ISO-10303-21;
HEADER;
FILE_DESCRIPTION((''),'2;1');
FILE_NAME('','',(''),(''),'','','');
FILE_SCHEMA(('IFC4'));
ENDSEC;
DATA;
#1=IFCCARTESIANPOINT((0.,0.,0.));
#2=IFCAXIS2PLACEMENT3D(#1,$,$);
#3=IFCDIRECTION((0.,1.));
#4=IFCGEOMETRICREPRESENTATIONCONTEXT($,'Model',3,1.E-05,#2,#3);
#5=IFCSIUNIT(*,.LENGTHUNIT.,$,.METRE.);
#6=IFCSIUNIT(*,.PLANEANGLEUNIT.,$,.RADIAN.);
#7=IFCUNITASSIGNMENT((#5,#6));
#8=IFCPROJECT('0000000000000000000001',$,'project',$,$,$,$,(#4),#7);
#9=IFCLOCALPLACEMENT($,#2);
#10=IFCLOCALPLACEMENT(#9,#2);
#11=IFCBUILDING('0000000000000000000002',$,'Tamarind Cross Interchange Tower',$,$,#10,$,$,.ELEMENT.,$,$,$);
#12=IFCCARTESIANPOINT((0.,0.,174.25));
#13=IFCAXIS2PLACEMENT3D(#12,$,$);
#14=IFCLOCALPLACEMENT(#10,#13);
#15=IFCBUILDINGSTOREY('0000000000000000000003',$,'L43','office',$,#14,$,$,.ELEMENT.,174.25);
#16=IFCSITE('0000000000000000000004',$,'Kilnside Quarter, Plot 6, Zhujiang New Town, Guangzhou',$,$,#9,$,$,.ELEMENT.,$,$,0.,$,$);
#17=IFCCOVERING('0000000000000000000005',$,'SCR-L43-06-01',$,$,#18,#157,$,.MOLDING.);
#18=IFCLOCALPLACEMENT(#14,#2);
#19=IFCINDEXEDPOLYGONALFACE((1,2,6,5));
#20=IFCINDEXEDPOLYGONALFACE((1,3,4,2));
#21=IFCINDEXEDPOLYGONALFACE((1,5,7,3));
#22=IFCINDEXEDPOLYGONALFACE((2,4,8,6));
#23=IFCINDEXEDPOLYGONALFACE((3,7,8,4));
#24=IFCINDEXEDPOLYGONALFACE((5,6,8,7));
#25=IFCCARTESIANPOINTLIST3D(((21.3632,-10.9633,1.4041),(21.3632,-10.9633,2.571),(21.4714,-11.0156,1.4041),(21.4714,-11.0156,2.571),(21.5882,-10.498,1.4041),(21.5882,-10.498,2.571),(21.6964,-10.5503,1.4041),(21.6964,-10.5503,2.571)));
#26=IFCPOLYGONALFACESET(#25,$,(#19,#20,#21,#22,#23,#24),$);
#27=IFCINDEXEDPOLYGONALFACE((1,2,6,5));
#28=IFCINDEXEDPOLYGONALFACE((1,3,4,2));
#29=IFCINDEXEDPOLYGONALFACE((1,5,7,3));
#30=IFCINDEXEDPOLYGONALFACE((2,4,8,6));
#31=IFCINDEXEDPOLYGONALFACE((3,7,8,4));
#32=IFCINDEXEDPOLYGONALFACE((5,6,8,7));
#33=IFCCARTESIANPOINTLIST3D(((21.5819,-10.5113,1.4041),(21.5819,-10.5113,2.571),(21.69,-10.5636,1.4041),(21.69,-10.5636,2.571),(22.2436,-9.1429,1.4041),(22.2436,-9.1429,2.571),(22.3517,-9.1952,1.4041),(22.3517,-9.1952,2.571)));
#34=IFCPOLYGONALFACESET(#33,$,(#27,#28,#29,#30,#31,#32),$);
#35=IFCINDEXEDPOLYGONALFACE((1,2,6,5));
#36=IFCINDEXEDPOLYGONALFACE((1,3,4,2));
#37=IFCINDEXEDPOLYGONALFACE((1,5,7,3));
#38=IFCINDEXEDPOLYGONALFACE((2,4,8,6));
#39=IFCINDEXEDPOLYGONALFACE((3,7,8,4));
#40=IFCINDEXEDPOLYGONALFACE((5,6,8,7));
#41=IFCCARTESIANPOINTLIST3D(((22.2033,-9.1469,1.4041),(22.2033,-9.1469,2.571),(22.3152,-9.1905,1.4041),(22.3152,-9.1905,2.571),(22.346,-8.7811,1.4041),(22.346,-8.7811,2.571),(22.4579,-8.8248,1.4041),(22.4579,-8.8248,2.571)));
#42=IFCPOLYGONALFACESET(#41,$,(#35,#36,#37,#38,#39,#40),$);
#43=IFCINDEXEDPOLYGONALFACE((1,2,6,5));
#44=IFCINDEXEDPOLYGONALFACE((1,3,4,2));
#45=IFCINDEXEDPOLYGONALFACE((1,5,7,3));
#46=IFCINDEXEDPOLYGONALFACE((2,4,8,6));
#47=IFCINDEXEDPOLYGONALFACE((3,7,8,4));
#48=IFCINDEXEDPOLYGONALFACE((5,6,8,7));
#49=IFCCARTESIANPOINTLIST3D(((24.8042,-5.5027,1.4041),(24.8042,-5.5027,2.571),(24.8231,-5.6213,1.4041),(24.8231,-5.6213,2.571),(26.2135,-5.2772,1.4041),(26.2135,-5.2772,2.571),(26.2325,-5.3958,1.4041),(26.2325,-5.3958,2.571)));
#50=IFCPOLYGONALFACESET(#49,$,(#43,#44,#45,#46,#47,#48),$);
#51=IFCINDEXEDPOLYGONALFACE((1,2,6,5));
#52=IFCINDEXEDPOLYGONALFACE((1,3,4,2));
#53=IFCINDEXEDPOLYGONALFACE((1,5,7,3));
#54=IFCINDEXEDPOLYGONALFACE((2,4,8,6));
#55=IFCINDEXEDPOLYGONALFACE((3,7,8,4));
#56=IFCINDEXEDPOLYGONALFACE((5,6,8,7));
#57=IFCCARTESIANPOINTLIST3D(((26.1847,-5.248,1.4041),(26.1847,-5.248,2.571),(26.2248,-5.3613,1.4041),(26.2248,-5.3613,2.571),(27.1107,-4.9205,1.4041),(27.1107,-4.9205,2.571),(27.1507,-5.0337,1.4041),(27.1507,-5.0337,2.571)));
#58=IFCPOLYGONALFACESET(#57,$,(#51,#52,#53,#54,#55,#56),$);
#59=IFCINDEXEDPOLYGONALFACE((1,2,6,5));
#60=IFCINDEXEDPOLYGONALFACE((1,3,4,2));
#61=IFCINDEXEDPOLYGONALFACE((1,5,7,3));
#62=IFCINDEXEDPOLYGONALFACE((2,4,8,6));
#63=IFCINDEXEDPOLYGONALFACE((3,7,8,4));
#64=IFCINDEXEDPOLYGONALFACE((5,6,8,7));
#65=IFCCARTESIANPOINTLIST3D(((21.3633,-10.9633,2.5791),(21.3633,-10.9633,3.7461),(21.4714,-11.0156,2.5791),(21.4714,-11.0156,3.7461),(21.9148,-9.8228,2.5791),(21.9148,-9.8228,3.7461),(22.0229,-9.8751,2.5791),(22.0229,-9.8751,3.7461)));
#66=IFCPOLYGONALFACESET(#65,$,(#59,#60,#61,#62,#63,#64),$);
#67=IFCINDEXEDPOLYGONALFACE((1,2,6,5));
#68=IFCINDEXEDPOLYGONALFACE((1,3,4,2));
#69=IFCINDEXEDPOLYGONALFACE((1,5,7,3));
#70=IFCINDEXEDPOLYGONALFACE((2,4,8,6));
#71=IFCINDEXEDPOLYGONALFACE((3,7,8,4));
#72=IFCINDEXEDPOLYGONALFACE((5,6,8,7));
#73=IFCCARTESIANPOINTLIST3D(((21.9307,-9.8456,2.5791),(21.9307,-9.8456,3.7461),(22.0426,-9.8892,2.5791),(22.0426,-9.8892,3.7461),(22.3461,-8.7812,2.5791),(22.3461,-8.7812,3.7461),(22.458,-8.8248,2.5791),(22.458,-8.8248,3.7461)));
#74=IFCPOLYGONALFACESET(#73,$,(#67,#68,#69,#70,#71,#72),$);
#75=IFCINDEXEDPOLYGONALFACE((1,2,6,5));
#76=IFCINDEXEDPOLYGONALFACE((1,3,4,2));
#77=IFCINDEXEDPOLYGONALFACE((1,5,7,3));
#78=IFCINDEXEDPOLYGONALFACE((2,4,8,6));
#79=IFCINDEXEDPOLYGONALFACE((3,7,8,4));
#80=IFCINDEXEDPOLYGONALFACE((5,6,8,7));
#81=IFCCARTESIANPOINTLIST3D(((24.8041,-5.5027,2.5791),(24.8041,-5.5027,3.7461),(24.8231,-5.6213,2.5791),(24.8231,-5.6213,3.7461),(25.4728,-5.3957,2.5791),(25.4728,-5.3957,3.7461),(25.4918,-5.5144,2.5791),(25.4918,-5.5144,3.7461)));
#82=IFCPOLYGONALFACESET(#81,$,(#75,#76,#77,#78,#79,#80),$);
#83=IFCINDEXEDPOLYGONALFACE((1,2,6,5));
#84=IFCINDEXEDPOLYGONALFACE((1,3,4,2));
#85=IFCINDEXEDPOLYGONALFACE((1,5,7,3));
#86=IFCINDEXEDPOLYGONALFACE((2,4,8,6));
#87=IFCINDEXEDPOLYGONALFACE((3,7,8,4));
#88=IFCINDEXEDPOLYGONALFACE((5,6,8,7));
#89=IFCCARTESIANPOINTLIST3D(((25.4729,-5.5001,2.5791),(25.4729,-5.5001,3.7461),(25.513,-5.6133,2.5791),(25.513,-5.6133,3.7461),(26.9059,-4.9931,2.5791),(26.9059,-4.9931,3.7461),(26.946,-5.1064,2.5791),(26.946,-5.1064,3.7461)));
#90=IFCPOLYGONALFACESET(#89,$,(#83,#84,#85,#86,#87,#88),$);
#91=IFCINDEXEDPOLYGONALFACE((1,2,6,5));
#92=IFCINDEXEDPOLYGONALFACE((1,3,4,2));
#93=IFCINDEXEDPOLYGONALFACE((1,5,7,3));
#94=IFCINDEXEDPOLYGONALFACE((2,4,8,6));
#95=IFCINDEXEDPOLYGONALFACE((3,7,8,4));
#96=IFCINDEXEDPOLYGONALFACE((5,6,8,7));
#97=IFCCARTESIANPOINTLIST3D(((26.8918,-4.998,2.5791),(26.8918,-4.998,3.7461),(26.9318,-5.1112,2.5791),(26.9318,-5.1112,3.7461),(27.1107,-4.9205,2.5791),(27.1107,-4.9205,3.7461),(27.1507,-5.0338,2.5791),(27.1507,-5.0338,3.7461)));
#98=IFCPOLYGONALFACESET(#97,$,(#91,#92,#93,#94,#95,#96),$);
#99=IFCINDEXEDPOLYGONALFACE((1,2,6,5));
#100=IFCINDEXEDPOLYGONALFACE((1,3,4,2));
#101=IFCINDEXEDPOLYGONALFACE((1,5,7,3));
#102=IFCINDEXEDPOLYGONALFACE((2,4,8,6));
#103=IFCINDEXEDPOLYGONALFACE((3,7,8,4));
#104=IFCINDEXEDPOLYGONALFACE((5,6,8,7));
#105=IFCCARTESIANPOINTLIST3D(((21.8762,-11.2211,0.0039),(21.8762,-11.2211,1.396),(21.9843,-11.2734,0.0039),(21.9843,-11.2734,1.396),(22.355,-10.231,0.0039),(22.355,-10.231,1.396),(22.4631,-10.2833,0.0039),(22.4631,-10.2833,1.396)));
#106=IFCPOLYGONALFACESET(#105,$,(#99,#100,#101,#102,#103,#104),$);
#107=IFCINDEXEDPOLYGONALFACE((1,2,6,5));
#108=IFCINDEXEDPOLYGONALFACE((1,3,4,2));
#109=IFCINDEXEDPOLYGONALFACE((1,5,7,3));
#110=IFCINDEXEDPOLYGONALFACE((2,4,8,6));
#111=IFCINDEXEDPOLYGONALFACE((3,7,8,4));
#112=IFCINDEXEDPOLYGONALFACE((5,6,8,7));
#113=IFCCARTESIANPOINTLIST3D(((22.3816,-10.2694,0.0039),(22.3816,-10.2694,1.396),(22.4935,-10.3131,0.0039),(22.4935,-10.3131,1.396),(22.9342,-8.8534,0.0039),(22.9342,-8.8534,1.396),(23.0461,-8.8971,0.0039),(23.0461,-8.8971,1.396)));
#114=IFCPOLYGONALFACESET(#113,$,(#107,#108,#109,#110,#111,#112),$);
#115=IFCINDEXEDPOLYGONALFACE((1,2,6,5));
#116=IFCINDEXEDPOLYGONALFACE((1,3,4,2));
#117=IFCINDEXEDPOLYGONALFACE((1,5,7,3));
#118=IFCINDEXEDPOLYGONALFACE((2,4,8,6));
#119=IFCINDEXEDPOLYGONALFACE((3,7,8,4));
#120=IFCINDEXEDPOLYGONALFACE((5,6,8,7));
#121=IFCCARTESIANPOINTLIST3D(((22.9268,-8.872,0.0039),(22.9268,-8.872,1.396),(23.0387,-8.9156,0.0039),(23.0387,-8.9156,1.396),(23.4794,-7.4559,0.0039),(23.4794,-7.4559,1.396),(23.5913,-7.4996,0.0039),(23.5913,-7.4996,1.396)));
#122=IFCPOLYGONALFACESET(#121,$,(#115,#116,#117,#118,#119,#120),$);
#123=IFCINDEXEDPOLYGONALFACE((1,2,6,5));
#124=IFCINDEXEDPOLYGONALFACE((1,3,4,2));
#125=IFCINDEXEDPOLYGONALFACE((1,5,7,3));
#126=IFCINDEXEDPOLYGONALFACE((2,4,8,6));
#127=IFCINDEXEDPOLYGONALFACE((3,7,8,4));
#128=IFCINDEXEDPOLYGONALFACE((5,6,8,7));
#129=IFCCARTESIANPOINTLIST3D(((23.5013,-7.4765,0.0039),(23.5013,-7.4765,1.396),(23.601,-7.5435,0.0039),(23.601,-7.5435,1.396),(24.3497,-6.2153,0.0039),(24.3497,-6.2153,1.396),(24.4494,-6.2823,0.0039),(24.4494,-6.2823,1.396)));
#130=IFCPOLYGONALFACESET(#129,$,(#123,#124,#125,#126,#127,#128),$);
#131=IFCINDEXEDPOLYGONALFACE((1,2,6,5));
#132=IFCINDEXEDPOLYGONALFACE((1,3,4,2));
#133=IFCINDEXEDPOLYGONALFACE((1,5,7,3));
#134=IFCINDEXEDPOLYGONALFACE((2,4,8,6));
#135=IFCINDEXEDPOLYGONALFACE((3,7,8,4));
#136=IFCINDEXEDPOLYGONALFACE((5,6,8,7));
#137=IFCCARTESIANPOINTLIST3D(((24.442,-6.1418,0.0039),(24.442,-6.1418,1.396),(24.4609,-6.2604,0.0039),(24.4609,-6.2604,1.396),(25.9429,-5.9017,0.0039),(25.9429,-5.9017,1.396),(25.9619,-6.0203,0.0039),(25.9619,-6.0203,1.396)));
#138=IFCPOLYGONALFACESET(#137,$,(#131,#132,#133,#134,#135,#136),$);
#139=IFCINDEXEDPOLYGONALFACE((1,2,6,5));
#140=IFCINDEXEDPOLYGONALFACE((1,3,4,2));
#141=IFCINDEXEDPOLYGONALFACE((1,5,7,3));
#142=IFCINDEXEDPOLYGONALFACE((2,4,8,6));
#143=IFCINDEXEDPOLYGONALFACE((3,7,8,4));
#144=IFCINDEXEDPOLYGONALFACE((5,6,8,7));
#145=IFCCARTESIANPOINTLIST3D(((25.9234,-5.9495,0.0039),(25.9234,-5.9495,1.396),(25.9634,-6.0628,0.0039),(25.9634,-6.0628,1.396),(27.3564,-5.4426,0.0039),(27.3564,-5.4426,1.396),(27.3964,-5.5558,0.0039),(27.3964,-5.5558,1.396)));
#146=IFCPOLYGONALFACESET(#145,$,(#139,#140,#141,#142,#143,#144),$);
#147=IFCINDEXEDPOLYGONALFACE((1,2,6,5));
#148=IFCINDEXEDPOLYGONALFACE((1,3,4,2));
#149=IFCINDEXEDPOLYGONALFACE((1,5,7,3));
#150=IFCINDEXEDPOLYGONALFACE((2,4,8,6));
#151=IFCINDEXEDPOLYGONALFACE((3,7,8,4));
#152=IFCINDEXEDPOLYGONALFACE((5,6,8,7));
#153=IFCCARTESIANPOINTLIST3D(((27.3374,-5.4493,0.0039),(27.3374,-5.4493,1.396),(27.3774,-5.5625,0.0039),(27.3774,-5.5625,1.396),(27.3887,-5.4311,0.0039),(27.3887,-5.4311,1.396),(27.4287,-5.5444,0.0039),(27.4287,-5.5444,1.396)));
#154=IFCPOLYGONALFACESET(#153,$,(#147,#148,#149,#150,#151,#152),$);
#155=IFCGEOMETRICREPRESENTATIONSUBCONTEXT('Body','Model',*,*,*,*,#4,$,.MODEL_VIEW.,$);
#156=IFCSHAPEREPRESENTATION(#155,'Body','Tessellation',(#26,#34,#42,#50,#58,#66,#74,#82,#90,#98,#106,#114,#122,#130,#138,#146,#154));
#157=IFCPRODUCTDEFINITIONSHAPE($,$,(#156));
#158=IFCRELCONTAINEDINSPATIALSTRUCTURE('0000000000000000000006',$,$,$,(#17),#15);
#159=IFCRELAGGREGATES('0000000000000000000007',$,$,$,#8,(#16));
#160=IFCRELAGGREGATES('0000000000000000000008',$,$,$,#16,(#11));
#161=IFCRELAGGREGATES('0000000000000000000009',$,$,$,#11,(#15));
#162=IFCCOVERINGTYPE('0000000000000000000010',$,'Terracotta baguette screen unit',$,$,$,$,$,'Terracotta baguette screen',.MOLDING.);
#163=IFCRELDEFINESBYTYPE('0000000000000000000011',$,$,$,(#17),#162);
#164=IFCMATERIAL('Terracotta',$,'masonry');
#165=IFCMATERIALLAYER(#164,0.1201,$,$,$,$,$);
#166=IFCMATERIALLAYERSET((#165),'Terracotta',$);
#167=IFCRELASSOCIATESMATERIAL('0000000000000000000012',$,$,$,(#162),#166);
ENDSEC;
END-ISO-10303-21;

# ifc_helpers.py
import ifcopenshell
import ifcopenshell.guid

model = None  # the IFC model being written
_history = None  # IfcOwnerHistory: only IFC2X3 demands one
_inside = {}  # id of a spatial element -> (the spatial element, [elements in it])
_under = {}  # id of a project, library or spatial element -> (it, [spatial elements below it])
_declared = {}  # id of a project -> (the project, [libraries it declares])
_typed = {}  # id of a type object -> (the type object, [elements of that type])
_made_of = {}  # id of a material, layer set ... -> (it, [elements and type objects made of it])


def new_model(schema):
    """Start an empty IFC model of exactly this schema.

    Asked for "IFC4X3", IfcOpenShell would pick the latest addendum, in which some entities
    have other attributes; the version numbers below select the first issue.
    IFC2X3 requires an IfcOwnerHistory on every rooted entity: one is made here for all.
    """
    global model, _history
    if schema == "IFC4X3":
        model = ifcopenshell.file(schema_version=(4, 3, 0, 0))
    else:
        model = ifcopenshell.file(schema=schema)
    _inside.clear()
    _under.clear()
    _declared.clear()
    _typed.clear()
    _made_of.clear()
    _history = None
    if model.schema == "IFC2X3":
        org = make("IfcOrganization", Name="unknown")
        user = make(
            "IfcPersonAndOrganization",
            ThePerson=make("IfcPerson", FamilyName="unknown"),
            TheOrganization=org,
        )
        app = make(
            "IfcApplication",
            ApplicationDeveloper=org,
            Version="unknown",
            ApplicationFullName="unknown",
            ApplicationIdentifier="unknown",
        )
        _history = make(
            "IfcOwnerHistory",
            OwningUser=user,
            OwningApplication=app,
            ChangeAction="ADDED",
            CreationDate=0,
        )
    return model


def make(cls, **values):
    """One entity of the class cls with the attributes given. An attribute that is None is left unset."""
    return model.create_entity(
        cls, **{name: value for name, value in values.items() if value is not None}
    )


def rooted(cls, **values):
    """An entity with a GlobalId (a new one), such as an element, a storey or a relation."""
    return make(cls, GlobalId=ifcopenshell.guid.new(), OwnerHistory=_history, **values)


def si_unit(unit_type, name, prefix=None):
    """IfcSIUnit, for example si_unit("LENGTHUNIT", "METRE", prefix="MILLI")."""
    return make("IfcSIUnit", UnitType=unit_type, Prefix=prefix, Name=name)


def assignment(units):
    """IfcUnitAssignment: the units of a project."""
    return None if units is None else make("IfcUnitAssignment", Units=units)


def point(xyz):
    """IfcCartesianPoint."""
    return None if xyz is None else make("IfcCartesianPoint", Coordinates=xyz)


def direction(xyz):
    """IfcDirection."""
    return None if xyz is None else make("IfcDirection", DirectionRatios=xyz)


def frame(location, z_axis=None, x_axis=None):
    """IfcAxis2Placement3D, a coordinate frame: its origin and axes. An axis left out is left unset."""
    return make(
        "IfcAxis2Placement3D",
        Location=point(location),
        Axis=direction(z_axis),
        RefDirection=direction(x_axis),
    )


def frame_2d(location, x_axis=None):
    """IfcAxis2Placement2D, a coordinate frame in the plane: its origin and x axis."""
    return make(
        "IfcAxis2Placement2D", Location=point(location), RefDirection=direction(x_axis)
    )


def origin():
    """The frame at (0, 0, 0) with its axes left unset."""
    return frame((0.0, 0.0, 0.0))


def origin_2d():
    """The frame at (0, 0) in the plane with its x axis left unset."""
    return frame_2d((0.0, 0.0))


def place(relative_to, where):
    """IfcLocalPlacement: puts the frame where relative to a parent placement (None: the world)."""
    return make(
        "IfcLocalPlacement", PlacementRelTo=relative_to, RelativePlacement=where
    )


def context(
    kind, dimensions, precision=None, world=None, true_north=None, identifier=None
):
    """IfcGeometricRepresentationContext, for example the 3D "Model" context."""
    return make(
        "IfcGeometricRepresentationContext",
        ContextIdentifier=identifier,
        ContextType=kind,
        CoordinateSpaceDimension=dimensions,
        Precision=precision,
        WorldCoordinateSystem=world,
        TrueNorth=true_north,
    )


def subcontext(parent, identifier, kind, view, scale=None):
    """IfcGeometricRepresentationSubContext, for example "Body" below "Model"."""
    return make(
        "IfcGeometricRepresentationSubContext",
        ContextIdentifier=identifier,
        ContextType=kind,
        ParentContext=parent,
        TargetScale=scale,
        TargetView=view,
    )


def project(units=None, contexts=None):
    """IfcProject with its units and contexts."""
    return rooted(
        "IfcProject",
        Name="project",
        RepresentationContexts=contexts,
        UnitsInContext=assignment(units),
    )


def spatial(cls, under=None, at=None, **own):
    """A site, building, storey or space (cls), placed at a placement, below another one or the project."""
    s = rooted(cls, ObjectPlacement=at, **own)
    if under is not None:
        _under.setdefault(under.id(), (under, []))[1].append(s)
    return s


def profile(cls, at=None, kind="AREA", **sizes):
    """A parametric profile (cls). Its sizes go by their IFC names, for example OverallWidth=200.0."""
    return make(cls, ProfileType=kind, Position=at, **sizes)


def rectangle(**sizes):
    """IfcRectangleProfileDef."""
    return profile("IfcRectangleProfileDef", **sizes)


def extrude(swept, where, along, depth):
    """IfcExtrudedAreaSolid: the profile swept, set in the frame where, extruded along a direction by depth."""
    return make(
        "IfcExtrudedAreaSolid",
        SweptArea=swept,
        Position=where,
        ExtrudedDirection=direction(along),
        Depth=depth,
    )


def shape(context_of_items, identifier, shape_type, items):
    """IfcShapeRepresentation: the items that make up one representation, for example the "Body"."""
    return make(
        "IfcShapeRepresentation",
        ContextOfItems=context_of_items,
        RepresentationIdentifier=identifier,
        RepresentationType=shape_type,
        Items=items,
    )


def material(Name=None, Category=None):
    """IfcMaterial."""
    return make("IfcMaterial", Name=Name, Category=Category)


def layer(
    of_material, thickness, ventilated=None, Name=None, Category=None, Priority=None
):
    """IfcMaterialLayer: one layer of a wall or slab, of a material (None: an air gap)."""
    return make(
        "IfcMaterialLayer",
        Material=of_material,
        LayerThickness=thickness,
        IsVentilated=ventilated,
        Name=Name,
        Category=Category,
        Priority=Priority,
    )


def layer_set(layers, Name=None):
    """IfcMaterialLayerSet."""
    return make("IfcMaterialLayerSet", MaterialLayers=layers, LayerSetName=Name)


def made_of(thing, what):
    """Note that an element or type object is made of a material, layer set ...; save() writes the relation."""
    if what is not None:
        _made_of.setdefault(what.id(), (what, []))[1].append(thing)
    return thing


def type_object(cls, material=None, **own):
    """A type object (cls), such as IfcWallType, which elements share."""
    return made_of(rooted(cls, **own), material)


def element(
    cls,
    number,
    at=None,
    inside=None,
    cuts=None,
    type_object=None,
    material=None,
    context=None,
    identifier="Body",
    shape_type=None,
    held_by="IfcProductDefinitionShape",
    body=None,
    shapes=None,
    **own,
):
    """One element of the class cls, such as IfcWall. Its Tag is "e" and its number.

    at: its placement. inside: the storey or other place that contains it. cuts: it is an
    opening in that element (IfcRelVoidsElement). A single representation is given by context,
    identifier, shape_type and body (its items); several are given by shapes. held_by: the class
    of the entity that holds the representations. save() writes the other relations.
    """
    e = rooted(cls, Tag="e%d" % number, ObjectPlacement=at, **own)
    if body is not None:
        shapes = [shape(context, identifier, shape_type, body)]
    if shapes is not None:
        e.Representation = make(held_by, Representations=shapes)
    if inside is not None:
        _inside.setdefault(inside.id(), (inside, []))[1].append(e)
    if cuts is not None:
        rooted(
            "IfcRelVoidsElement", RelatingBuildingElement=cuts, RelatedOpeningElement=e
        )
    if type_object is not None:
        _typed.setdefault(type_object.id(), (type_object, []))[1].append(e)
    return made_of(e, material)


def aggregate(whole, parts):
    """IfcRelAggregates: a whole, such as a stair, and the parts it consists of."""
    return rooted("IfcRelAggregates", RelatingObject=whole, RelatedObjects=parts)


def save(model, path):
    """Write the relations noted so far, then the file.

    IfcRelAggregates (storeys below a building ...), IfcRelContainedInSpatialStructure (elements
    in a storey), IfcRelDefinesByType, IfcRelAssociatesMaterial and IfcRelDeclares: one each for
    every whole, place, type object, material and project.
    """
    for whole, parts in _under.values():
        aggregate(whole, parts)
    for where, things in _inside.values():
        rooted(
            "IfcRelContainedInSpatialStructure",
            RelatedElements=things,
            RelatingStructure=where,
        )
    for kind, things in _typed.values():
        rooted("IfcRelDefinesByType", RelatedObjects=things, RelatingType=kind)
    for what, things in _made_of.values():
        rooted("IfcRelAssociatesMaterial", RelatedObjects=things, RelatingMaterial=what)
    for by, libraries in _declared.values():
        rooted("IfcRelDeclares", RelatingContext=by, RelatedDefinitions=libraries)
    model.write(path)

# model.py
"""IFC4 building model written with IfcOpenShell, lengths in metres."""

from ifc_helpers import new_model, si_unit, direction, frame, origin, origin_2d, place, context, subcontext, project, spatial, rectangle, extrude, material, layer, layer_set, type_object, element, save


model = new_model("IFC4")

# Units and contexts
model_context = context("Model", 3, precision=1e-05, world=origin(), true_north=direction((0.0, 1.0)))
body_context = subcontext(model_context, "Body", "Model", "MODEL_VIEW")
ifc_project = project(units=[si_unit("LENGTHUNIT", "METRE"), si_unit("PLANEANGLEUNIT", "RADIAN")], contexts=[model_context])

# Site, building, storey
site_placement = place(None, origin())
site = spatial("IfcSite", under=ifc_project, at=site_placement, Name="Kilnside Quarter, Plot 6, Zhujiang New Town, Guangzhou", CompositionType="ELEMENT", RefElevation=0.0)
building_placement = place(site_placement, origin())
building = spatial("IfcBuilding", under=site, at=building_placement, Name="Tamarind Cross Interchange Tower", CompositionType="ELEMENT")
storey_placement = place(building_placement, frame((0.0, 0.0, 174.25)))
storey = spatial("IfcBuildingStorey", under=building, at=storey_placement, Name="L43", Description="office", CompositionType="ELEMENT", Elevation=174.25)

# Covering
ifc_material_1 = material(Name="Terracotta", Category="masonry")
ifc_layer_1 = layer(ifc_material_1, 0.1201)
ifc_layer_set_1 = layer_set([ifc_layer_1], Name="Terracotta")
covering_type = type_object("IfcCoveringType", Name="Terracotta baguette screen unit", ElementType="Terracotta baguette screen", PredefinedType="MOLDING", material=ifc_layer_set_1)
covering_1_placement = place(storey_placement, origin())
element("IfcCovering", 1, at=covering_1_placement, inside=storey, type_object=covering_type, Name="SCR-L43-06-01", PredefinedType="MOLDING", context=body_context, shape_type="SweptSolid", body=[
    extrude(rectangle(XDim=0.5168, YDim=0.1201, at=origin_2d()), frame((21.5298, -10.7568, 1.4041), z_axis=(0.0, 0.0, 1.0), x_axis=(0.435326, 0.900273, 0.0)), (0.0, 0.0, 1.0), 1.167),
    extrude(rectangle(XDim=1.52, YDim=0.1201, at=origin_2d()), frame((21.9668, -9.8533, 1.4041), z_axis=(0.0, 0.0, 1.0), x_axis=(0.435326, 0.900273, 0.0)), (0.0, 0.0, 1.0), 1.167),
    extrude(rectangle(XDim=0.3926, YDim=0.1201, at=origin_2d()), frame((22.3306, -8.9858, 1.4041), z_axis=(0.0, 0.0, 1.0), x_axis=(0.363508, 0.931591, 0.0)), (0.0, 0.0, 1.0), 1.167),
    extrude(rectangle(XDim=1.4272, YDim=0.1201, at=origin_2d()), frame((25.5183, -5.4492, 1.4041), z_axis=(0.0, 0.0, 1.0), x_axis=(0.987441, 0.157985, 0.0)), (0.0, 0.0, 1.0), 1.167),
    extrude(rectangle(XDim=0.9822, YDim=0.1201, at=origin_2d()), frame((26.6677, -5.1409, 1.4041), z_axis=(0.0, 0.0, 1.0), x_axis=(0.942752, 0.333496, 0.0)), (0.0, 0.0, 1.0), 1.167),
    extrude(rectangle(XDim=1.2668, YDim=0.1201, at=origin_2d()), frame((21.6931, -10.4192, 2.5791), z_axis=(0.0, 0.0, 1.0), x_axis=(0.435326, 0.900273, 0.0)), (0.0, 0.0, 1.0), 1.167),
    extrude(rectangle(XDim=1.1426, YDim=0.1201, at=origin_2d()), frame((22.1943, -9.3352, 2.5791), z_axis=(0.0, 0.0, 1.0), x_axis=(0.363508, 0.931591, 0.0)), (0.0, 0.0, 1.0), 1.167),
    extrude(rectangle(XDim=0.6772, YDim=0.1201, at=origin_2d()), frame((25.1479, -5.5085, 2.5791), z_axis=(0.0, 0.0, 1.0), x_axis=(0.987441, 0.157985, 0.0)), (0.0, 0.0, 1.0), 1.167),
    extrude(rectangle(XDim=1.52, YDim=0.1201, at=origin_2d()), frame((26.2095, -5.3032, 2.5791), z_axis=(0.0, 0.0, 1.0), x_axis=(0.942752, 0.333496, 0.0)), (0.0, 0.0, 1.0), 1.167),
    extrude(rectangle(XDim=0.2322, YDim=0.1201, at=origin_2d()), frame((27.0212, -5.0159, 2.5791), z_axis=(0.0, 0.0, 1.0), x_axis=(0.942752, 0.333496, 0.0)), (0.0, 0.0, 1.0), 1.167),
    extrude(rectangle(XDim=1.0999, YDim=0.1201, at=origin_2d()), frame((22.1697, -10.7522, 0.0039), z_axis=(0.0, 0.0, 1.0), x_axis=(0.435326, 0.900273, 0.0)), (0.0, 0.0, 1.0), 1.3921),
    extrude(rectangle(XDim=1.52, YDim=0.1201, at=origin_2d()), frame((22.7139, -9.5833, 0.0039), z_axis=(0.0, 0.0, 1.0), x_axis=(0.363508, 0.931591, 0.0)), (0.0, 0.0, 1.0), 1.3921),
    extrude(rectangle(XDim=1.52, YDim=0.1201, at=origin_2d()), frame((23.259, -8.1858, 0.0039), z_axis=(0.0, 0.0, 1.0), x_axis=(0.363508, 0.931591, 0.0)), (0.0, 0.0, 1.0), 1.3921),
    extrude(rectangle(XDim=1.52, YDim=0.1201, at=origin_2d()), frame((23.9753, -6.8794, 0.0039), z_axis=(0.0, 0.0, 1.0), x_axis=(0.558129, 0.829754, 0.0)), (0.0, 0.0, 1.0), 1.3921),
    extrude(rectangle(XDim=1.52, YDim=0.1201, at=origin_2d()), frame((25.2019, -6.0811, 0.0039), z_axis=(0.0, 0.0, 1.0), x_axis=(0.987441, 0.157985, 0.0)), (0.0, 0.0, 1.0), 1.3921),
    extrude(rectangle(XDim=1.52, YDim=0.1201, at=origin_2d()), frame((26.6599, -5.7527, 0.0039), z_axis=(0.0, 0.0, 1.0), x_axis=(0.942752, 0.333496, 0.0)), (0.0, 0.0, 1.0), 1.3921),
    extrude(rectangle(XDim=0.0544, YDim=0.1201, at=origin_2d()), frame((27.3831, -5.4968, 0.0039), z_axis=(0.0, 0.0, 1.0), x_axis=(0.942752, 0.333496, 0.0)), (0.0, 0.0, 1.0), 1.3921),
])

save(model, "model.ifc")
